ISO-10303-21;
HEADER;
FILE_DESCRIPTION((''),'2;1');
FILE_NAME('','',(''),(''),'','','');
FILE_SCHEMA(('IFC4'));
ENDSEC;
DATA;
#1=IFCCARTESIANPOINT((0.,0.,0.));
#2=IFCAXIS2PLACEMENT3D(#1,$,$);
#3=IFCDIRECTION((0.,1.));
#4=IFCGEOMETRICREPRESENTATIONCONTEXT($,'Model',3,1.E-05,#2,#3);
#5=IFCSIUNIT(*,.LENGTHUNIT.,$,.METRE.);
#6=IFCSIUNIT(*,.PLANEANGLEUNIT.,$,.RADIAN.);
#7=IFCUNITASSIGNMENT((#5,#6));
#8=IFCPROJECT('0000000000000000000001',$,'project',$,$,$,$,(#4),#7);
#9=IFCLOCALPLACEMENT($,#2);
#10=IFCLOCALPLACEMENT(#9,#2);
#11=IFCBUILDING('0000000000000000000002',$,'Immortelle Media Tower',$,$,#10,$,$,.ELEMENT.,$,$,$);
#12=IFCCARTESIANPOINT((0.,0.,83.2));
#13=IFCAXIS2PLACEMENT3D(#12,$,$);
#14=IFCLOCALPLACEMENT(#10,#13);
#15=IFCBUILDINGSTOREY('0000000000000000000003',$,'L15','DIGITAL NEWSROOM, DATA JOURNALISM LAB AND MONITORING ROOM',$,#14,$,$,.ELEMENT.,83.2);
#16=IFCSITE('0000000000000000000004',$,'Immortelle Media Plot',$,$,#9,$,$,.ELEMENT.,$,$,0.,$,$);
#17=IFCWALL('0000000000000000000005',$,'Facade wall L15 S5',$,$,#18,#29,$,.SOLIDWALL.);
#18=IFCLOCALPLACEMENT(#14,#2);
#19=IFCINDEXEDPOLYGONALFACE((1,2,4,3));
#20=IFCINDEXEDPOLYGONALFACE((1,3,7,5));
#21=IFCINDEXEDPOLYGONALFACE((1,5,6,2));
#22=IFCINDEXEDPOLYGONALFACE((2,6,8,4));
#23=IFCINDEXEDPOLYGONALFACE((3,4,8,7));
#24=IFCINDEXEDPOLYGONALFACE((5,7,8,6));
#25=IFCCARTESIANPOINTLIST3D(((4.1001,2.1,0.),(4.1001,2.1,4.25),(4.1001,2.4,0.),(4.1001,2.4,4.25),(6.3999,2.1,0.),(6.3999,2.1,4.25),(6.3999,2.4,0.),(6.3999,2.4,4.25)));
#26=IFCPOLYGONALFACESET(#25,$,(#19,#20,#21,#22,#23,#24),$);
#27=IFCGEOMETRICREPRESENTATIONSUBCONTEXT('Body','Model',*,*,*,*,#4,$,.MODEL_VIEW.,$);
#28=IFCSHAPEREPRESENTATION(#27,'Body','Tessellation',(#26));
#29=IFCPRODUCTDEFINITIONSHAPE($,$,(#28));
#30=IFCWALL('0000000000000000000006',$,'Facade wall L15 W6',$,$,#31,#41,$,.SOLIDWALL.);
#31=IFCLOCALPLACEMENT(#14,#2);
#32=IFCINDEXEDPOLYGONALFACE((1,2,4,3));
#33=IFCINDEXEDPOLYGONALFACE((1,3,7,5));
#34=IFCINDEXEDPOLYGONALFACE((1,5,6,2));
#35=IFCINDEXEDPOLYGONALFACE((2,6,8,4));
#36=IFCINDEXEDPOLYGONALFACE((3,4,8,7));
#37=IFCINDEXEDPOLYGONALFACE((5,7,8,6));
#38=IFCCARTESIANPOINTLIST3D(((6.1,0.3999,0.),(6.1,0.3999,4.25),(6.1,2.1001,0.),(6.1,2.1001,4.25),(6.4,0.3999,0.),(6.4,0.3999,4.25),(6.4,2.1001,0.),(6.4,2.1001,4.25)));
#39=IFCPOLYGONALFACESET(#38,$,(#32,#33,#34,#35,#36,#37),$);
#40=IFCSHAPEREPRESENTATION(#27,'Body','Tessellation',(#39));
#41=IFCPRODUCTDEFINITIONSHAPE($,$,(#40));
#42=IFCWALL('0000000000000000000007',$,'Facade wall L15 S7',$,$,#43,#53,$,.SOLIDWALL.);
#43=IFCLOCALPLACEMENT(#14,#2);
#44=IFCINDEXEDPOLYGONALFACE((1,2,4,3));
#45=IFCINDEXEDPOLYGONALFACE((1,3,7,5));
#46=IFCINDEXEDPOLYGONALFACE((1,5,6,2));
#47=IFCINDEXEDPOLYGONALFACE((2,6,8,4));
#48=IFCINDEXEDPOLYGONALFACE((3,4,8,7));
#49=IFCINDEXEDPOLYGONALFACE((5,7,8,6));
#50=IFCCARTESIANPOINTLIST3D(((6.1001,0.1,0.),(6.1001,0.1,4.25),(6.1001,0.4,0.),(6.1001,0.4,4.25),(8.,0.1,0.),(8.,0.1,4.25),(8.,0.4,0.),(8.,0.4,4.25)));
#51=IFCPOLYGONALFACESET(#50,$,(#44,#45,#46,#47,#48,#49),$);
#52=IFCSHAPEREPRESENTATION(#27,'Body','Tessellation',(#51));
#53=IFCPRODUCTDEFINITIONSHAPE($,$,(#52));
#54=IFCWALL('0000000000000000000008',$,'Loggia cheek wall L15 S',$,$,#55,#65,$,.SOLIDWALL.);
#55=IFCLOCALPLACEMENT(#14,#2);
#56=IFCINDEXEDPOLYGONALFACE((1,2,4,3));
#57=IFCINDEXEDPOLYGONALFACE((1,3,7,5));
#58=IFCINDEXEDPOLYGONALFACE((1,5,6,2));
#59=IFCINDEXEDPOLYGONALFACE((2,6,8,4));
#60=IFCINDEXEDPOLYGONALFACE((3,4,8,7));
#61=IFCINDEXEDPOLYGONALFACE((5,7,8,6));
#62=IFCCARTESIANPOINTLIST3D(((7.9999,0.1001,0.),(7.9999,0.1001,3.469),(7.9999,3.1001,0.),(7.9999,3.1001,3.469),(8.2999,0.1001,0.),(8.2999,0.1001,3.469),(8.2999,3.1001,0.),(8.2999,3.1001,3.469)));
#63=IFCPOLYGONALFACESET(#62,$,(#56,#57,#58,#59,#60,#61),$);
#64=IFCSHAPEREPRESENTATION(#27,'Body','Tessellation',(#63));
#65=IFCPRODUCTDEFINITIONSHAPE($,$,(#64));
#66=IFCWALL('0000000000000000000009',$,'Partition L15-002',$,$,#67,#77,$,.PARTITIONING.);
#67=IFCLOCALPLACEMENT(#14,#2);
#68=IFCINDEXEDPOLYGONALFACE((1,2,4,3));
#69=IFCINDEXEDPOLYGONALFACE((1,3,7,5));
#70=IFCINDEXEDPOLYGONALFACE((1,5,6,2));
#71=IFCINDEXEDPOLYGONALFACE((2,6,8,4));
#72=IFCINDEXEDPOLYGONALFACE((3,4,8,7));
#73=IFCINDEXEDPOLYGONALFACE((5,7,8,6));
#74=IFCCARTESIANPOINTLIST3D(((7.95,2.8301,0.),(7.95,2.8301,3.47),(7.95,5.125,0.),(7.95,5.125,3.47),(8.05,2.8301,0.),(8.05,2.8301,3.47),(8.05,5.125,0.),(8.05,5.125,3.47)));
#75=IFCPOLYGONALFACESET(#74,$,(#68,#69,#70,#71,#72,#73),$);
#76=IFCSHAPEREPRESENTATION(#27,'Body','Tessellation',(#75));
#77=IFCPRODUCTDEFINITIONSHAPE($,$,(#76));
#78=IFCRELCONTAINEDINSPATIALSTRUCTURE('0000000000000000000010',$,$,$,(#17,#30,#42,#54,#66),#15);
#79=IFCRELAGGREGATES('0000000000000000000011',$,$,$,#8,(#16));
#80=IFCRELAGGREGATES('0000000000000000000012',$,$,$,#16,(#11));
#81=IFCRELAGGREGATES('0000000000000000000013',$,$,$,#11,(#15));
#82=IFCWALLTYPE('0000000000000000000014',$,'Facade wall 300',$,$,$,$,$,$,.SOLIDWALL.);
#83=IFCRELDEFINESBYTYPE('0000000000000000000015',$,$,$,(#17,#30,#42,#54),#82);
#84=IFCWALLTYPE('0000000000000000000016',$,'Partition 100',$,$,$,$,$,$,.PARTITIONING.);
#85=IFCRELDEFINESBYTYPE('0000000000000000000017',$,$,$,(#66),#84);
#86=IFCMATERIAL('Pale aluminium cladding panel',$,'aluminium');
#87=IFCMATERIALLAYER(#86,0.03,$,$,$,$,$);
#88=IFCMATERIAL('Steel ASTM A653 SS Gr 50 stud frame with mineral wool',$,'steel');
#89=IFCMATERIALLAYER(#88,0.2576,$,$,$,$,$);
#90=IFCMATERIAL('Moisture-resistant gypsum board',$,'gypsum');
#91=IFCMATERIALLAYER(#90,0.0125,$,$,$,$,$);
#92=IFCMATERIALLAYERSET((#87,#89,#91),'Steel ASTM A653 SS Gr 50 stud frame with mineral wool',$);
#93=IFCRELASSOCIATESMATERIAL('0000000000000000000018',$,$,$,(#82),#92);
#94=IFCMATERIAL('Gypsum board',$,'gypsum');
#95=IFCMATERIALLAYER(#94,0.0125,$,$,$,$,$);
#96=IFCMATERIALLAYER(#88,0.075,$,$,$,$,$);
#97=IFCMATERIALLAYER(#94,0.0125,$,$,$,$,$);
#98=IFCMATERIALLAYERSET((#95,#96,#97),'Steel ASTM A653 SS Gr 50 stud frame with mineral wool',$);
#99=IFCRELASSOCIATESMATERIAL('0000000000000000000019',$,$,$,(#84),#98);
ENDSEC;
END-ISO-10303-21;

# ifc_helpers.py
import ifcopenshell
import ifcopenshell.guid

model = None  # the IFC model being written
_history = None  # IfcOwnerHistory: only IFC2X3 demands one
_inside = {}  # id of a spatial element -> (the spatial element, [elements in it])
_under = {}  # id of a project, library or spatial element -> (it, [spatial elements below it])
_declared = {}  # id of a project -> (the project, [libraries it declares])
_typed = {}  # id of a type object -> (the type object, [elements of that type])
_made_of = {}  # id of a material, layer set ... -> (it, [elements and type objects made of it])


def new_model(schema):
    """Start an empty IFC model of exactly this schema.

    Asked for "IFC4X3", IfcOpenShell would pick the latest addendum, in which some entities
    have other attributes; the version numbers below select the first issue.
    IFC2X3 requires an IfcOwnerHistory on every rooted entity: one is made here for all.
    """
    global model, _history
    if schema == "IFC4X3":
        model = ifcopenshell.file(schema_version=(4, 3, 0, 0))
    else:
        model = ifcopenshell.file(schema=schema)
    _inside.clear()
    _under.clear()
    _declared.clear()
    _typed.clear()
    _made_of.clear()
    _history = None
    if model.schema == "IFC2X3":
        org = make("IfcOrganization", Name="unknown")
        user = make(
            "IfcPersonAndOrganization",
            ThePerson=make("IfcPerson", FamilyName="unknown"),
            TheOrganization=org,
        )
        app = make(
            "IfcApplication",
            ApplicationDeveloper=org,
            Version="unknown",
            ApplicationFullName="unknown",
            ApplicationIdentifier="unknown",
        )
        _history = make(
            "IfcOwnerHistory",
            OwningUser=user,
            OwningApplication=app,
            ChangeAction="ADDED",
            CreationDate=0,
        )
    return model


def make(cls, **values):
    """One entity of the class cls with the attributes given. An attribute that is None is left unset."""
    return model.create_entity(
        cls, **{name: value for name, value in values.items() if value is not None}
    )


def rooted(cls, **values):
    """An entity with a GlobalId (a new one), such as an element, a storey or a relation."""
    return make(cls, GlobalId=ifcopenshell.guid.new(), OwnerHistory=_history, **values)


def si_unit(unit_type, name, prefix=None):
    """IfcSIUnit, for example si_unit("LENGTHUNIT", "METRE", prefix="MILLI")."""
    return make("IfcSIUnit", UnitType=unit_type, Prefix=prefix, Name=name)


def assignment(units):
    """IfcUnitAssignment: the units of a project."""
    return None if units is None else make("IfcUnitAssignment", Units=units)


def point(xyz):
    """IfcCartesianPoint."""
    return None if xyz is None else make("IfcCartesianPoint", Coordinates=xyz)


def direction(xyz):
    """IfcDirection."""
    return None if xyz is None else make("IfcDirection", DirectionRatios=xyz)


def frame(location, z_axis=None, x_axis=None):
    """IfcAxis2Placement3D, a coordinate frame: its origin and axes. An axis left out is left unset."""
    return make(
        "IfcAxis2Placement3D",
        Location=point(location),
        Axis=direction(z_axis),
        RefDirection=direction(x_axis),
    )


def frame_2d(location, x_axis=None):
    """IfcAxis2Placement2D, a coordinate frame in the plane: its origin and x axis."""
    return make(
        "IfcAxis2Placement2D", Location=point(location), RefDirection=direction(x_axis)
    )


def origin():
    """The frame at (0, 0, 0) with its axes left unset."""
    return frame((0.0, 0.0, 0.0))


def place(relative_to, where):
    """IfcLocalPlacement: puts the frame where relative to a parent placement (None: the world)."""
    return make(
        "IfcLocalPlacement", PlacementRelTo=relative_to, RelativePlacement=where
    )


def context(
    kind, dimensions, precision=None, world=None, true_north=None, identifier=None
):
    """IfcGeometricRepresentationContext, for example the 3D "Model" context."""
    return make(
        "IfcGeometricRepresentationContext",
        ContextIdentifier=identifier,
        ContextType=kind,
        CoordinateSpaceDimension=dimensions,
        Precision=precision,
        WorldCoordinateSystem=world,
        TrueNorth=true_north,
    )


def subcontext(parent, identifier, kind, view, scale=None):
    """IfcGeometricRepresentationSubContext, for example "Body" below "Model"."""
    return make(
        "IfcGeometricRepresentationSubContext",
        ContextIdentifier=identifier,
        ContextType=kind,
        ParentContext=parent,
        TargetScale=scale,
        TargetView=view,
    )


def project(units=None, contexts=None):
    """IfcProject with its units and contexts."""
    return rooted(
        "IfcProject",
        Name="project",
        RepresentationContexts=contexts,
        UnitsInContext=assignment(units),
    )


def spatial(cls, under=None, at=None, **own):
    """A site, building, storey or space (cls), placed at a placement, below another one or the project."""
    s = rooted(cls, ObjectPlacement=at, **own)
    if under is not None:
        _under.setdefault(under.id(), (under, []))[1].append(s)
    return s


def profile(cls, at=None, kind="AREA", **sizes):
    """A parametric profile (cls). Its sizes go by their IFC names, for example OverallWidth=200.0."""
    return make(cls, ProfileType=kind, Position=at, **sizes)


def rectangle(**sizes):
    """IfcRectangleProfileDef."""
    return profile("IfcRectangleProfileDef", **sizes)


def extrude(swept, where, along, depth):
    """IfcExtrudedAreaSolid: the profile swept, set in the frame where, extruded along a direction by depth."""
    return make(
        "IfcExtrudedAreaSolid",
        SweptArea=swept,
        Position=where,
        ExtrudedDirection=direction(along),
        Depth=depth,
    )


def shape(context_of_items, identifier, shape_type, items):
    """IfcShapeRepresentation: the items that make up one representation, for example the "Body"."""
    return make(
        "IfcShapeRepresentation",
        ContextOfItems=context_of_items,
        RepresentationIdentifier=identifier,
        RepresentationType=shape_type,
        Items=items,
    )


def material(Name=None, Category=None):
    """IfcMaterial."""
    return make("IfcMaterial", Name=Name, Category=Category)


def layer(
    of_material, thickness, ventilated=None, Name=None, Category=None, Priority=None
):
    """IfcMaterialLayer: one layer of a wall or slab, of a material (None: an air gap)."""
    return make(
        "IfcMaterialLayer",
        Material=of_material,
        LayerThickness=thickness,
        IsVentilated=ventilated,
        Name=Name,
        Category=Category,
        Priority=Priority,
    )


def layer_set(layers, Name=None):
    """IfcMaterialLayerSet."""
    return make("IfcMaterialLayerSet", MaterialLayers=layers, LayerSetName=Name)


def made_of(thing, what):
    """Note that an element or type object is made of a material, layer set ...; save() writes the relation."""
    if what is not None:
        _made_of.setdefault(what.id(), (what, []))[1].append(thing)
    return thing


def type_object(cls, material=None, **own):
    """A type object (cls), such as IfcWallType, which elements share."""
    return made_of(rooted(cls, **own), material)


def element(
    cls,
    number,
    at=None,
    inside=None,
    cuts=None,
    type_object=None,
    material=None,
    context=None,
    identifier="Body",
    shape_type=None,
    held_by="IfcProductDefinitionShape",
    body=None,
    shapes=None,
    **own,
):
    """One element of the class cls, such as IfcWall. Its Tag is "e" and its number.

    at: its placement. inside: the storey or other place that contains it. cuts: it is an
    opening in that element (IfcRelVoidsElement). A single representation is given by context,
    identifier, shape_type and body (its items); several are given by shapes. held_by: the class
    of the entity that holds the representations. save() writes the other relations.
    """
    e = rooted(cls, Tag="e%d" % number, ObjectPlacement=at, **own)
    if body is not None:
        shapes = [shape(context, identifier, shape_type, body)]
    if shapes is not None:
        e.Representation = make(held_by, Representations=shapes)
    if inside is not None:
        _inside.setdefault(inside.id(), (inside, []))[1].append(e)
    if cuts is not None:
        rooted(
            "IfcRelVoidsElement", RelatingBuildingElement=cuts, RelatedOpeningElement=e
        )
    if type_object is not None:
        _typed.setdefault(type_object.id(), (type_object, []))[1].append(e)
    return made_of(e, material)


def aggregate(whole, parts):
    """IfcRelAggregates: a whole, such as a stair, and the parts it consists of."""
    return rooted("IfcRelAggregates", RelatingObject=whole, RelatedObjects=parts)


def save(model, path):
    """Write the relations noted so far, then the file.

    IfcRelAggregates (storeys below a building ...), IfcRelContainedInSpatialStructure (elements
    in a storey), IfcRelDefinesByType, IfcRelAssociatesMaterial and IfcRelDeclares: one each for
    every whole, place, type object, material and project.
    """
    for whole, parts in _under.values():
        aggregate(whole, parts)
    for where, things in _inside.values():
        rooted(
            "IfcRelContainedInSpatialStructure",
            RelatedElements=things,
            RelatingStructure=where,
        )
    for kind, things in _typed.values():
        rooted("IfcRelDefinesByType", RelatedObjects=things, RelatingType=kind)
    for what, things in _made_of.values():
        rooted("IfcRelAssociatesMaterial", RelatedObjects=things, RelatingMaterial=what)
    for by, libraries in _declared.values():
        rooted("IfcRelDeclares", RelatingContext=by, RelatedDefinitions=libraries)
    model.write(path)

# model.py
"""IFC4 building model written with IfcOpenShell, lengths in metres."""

from ifc_helpers import new_model, si_unit, direction, frame, frame_2d, origin, place, context, subcontext, project, spatial, rectangle, extrude, material, layer, layer_set, type_object, element, save


model = new_model("IFC4")

# Units and contexts
model_context = context("Model", 3, precision=1e-05, world=origin(), true_north=direction((0.0, 1.0)))
body_context = subcontext(model_context, "Body", "Model", "MODEL_VIEW")
ifc_project = project(units=[si_unit("LENGTHUNIT", "METRE"), si_unit("PLANEANGLEUNIT", "RADIAN")], contexts=[model_context])

# Site, building, storey
site_placement = place(None, origin())
site = spatial("IfcSite", under=ifc_project, at=site_placement, Name="Immortelle Media Plot", CompositionType="ELEMENT", RefElevation=0.0)
building_placement = place(site_placement, origin())
building = spatial("IfcBuilding", under=site, at=building_placement, Name="Immortelle Media Tower", CompositionType="ELEMENT")
storey_placement = place(building_placement, frame((0.0, 0.0, 83.2)))
storey = spatial("IfcBuildingStorey", under=building, at=storey_placement, Name="L15", Description="DIGITAL NEWSROOM, DATA JOURNALISM LAB AND MONITORING ROOM", CompositionType="ELEMENT", Elevation=83.2)

# Walls
ifc_material_1 = material(Name="Pale aluminium cladding panel", Category="aluminium")
ifc_layer_1 = layer(ifc_material_1, 0.03)
ifc_material_2 = material(Name="Steel ASTM A653 SS Gr 50 stud frame with mineral wool", Category="steel")
ifc_layer_2 = layer(ifc_material_2, 0.2576)
ifc_material_3 = material(Name="Moisture-resistant gypsum board", Category="gypsum")
ifc_layer_3 = layer(ifc_material_3, 0.0125)
ifc_layer_set_1 = layer_set([ifc_layer_1, ifc_layer_2, ifc_layer_3], Name="Steel ASTM A653 SS Gr 50 stud frame with mineral wool")
wall_type_1 = type_object("IfcWallType", Name="Facade wall 300", PredefinedType="SOLIDWALL", material=ifc_layer_set_1)
wall_1_placement = place(storey_placement, frame((4.1001, 2.25, 0.0), z_axis=(0.0, 0.0, 1.0), x_axis=(1.0, 0.0, 0.0)))
element("IfcWall", 1, at=wall_1_placement, inside=storey, type_object=wall_type_1, Name="Facade wall L15 S5", PredefinedType="SOLIDWALL", context=body_context, shape_type="SweptSolid", body=[
    extrude(rectangle(XDim=2.2998, YDim=0.3, at=frame_2d((1.1499, 0.0))), origin(), (0.0, 0.0, 1.0), 4.25),
])
wall_2_placement = place(storey_placement, frame((6.25, 2.1001, 0.0), z_axis=(0.0, 0.0, 1.0), x_axis=(0.0, -1.0, 0.0)))
element("IfcWall", 2, at=wall_2_placement, inside=storey, type_object=wall_type_1, Name="Facade wall L15 W6", PredefinedType="SOLIDWALL", context=body_context, shape_type="SweptSolid", body=[
    extrude(rectangle(XDim=1.7002, YDim=0.3, at=frame_2d((0.8501, 0.0))), origin(), (0.0, 0.0, 1.0), 4.25),
])
wall_3_placement = place(storey_placement, frame((6.1001, 0.25, 0.0), z_axis=(0.0, 0.0, 1.0), x_axis=(1.0, 0.0, 0.0)))
element("IfcWall", 3, at=wall_3_placement, inside=storey, type_object=wall_type_1, Name="Facade wall L15 S7", PredefinedType="SOLIDWALL", context=body_context, shape_type="SweptSolid", body=[
    extrude(rectangle(XDim=1.8999, YDim=0.3, at=frame_2d((0.95, 0.0))), origin(), (0.0, 0.0, 1.0), 4.25),
])

# Walls
wall_4_placement = place(storey_placement, frame((8.1499, 0.1001, 0.0), z_axis=(0.0, 0.0, 1.0), x_axis=(0.0, 1.0, 0.0)))
element("IfcWall", 4, at=wall_4_placement, inside=storey, type_object=wall_type_1, Name="Loggia cheek wall L15 S", PredefinedType="SOLIDWALL", context=body_context, shape_type="SweptSolid", body=[
    extrude(rectangle(XDim=3.0, YDim=0.3, at=frame_2d((1.5, 0.0))), origin(), (0.0, 0.0, 1.0), 3.469),
])
ifc_material_4 = material(Name="Gypsum board", Category="gypsum")
ifc_layer_4 = layer(ifc_material_4, 0.0125)
ifc_layer_5 = layer(ifc_material_2, 0.075)
ifc_layer_6 = layer(ifc_material_4, 0.0125)
ifc_layer_set_2 = layer_set([ifc_layer_4, ifc_layer_5, ifc_layer_6], Name="Steel ASTM A653 SS Gr 50 stud frame with mineral wool")
wall_type_2 = type_object("IfcWallType", Name="Partition 100", PredefinedType="PARTITIONING", material=ifc_layer_set_2)
wall_5_placement = place(storey_placement, frame((8.0, 2.8301, 0.0), z_axis=(0.0, 0.0, 1.0), x_axis=(0.0, 1.0, 0.0)))
element("IfcWall", 5, at=wall_5_placement, inside=storey, type_object=wall_type_2, Name="Partition L15-002", PredefinedType="PARTITIONING", context=body_context, shape_type="SweptSolid", body=[
    extrude(rectangle(XDim=2.2949, YDim=0.1001, at=frame_2d((1.1475, 0.0))), origin(), (0.0, 0.0, 1.0), 3.47),
])

save(model, "model.ifc")
